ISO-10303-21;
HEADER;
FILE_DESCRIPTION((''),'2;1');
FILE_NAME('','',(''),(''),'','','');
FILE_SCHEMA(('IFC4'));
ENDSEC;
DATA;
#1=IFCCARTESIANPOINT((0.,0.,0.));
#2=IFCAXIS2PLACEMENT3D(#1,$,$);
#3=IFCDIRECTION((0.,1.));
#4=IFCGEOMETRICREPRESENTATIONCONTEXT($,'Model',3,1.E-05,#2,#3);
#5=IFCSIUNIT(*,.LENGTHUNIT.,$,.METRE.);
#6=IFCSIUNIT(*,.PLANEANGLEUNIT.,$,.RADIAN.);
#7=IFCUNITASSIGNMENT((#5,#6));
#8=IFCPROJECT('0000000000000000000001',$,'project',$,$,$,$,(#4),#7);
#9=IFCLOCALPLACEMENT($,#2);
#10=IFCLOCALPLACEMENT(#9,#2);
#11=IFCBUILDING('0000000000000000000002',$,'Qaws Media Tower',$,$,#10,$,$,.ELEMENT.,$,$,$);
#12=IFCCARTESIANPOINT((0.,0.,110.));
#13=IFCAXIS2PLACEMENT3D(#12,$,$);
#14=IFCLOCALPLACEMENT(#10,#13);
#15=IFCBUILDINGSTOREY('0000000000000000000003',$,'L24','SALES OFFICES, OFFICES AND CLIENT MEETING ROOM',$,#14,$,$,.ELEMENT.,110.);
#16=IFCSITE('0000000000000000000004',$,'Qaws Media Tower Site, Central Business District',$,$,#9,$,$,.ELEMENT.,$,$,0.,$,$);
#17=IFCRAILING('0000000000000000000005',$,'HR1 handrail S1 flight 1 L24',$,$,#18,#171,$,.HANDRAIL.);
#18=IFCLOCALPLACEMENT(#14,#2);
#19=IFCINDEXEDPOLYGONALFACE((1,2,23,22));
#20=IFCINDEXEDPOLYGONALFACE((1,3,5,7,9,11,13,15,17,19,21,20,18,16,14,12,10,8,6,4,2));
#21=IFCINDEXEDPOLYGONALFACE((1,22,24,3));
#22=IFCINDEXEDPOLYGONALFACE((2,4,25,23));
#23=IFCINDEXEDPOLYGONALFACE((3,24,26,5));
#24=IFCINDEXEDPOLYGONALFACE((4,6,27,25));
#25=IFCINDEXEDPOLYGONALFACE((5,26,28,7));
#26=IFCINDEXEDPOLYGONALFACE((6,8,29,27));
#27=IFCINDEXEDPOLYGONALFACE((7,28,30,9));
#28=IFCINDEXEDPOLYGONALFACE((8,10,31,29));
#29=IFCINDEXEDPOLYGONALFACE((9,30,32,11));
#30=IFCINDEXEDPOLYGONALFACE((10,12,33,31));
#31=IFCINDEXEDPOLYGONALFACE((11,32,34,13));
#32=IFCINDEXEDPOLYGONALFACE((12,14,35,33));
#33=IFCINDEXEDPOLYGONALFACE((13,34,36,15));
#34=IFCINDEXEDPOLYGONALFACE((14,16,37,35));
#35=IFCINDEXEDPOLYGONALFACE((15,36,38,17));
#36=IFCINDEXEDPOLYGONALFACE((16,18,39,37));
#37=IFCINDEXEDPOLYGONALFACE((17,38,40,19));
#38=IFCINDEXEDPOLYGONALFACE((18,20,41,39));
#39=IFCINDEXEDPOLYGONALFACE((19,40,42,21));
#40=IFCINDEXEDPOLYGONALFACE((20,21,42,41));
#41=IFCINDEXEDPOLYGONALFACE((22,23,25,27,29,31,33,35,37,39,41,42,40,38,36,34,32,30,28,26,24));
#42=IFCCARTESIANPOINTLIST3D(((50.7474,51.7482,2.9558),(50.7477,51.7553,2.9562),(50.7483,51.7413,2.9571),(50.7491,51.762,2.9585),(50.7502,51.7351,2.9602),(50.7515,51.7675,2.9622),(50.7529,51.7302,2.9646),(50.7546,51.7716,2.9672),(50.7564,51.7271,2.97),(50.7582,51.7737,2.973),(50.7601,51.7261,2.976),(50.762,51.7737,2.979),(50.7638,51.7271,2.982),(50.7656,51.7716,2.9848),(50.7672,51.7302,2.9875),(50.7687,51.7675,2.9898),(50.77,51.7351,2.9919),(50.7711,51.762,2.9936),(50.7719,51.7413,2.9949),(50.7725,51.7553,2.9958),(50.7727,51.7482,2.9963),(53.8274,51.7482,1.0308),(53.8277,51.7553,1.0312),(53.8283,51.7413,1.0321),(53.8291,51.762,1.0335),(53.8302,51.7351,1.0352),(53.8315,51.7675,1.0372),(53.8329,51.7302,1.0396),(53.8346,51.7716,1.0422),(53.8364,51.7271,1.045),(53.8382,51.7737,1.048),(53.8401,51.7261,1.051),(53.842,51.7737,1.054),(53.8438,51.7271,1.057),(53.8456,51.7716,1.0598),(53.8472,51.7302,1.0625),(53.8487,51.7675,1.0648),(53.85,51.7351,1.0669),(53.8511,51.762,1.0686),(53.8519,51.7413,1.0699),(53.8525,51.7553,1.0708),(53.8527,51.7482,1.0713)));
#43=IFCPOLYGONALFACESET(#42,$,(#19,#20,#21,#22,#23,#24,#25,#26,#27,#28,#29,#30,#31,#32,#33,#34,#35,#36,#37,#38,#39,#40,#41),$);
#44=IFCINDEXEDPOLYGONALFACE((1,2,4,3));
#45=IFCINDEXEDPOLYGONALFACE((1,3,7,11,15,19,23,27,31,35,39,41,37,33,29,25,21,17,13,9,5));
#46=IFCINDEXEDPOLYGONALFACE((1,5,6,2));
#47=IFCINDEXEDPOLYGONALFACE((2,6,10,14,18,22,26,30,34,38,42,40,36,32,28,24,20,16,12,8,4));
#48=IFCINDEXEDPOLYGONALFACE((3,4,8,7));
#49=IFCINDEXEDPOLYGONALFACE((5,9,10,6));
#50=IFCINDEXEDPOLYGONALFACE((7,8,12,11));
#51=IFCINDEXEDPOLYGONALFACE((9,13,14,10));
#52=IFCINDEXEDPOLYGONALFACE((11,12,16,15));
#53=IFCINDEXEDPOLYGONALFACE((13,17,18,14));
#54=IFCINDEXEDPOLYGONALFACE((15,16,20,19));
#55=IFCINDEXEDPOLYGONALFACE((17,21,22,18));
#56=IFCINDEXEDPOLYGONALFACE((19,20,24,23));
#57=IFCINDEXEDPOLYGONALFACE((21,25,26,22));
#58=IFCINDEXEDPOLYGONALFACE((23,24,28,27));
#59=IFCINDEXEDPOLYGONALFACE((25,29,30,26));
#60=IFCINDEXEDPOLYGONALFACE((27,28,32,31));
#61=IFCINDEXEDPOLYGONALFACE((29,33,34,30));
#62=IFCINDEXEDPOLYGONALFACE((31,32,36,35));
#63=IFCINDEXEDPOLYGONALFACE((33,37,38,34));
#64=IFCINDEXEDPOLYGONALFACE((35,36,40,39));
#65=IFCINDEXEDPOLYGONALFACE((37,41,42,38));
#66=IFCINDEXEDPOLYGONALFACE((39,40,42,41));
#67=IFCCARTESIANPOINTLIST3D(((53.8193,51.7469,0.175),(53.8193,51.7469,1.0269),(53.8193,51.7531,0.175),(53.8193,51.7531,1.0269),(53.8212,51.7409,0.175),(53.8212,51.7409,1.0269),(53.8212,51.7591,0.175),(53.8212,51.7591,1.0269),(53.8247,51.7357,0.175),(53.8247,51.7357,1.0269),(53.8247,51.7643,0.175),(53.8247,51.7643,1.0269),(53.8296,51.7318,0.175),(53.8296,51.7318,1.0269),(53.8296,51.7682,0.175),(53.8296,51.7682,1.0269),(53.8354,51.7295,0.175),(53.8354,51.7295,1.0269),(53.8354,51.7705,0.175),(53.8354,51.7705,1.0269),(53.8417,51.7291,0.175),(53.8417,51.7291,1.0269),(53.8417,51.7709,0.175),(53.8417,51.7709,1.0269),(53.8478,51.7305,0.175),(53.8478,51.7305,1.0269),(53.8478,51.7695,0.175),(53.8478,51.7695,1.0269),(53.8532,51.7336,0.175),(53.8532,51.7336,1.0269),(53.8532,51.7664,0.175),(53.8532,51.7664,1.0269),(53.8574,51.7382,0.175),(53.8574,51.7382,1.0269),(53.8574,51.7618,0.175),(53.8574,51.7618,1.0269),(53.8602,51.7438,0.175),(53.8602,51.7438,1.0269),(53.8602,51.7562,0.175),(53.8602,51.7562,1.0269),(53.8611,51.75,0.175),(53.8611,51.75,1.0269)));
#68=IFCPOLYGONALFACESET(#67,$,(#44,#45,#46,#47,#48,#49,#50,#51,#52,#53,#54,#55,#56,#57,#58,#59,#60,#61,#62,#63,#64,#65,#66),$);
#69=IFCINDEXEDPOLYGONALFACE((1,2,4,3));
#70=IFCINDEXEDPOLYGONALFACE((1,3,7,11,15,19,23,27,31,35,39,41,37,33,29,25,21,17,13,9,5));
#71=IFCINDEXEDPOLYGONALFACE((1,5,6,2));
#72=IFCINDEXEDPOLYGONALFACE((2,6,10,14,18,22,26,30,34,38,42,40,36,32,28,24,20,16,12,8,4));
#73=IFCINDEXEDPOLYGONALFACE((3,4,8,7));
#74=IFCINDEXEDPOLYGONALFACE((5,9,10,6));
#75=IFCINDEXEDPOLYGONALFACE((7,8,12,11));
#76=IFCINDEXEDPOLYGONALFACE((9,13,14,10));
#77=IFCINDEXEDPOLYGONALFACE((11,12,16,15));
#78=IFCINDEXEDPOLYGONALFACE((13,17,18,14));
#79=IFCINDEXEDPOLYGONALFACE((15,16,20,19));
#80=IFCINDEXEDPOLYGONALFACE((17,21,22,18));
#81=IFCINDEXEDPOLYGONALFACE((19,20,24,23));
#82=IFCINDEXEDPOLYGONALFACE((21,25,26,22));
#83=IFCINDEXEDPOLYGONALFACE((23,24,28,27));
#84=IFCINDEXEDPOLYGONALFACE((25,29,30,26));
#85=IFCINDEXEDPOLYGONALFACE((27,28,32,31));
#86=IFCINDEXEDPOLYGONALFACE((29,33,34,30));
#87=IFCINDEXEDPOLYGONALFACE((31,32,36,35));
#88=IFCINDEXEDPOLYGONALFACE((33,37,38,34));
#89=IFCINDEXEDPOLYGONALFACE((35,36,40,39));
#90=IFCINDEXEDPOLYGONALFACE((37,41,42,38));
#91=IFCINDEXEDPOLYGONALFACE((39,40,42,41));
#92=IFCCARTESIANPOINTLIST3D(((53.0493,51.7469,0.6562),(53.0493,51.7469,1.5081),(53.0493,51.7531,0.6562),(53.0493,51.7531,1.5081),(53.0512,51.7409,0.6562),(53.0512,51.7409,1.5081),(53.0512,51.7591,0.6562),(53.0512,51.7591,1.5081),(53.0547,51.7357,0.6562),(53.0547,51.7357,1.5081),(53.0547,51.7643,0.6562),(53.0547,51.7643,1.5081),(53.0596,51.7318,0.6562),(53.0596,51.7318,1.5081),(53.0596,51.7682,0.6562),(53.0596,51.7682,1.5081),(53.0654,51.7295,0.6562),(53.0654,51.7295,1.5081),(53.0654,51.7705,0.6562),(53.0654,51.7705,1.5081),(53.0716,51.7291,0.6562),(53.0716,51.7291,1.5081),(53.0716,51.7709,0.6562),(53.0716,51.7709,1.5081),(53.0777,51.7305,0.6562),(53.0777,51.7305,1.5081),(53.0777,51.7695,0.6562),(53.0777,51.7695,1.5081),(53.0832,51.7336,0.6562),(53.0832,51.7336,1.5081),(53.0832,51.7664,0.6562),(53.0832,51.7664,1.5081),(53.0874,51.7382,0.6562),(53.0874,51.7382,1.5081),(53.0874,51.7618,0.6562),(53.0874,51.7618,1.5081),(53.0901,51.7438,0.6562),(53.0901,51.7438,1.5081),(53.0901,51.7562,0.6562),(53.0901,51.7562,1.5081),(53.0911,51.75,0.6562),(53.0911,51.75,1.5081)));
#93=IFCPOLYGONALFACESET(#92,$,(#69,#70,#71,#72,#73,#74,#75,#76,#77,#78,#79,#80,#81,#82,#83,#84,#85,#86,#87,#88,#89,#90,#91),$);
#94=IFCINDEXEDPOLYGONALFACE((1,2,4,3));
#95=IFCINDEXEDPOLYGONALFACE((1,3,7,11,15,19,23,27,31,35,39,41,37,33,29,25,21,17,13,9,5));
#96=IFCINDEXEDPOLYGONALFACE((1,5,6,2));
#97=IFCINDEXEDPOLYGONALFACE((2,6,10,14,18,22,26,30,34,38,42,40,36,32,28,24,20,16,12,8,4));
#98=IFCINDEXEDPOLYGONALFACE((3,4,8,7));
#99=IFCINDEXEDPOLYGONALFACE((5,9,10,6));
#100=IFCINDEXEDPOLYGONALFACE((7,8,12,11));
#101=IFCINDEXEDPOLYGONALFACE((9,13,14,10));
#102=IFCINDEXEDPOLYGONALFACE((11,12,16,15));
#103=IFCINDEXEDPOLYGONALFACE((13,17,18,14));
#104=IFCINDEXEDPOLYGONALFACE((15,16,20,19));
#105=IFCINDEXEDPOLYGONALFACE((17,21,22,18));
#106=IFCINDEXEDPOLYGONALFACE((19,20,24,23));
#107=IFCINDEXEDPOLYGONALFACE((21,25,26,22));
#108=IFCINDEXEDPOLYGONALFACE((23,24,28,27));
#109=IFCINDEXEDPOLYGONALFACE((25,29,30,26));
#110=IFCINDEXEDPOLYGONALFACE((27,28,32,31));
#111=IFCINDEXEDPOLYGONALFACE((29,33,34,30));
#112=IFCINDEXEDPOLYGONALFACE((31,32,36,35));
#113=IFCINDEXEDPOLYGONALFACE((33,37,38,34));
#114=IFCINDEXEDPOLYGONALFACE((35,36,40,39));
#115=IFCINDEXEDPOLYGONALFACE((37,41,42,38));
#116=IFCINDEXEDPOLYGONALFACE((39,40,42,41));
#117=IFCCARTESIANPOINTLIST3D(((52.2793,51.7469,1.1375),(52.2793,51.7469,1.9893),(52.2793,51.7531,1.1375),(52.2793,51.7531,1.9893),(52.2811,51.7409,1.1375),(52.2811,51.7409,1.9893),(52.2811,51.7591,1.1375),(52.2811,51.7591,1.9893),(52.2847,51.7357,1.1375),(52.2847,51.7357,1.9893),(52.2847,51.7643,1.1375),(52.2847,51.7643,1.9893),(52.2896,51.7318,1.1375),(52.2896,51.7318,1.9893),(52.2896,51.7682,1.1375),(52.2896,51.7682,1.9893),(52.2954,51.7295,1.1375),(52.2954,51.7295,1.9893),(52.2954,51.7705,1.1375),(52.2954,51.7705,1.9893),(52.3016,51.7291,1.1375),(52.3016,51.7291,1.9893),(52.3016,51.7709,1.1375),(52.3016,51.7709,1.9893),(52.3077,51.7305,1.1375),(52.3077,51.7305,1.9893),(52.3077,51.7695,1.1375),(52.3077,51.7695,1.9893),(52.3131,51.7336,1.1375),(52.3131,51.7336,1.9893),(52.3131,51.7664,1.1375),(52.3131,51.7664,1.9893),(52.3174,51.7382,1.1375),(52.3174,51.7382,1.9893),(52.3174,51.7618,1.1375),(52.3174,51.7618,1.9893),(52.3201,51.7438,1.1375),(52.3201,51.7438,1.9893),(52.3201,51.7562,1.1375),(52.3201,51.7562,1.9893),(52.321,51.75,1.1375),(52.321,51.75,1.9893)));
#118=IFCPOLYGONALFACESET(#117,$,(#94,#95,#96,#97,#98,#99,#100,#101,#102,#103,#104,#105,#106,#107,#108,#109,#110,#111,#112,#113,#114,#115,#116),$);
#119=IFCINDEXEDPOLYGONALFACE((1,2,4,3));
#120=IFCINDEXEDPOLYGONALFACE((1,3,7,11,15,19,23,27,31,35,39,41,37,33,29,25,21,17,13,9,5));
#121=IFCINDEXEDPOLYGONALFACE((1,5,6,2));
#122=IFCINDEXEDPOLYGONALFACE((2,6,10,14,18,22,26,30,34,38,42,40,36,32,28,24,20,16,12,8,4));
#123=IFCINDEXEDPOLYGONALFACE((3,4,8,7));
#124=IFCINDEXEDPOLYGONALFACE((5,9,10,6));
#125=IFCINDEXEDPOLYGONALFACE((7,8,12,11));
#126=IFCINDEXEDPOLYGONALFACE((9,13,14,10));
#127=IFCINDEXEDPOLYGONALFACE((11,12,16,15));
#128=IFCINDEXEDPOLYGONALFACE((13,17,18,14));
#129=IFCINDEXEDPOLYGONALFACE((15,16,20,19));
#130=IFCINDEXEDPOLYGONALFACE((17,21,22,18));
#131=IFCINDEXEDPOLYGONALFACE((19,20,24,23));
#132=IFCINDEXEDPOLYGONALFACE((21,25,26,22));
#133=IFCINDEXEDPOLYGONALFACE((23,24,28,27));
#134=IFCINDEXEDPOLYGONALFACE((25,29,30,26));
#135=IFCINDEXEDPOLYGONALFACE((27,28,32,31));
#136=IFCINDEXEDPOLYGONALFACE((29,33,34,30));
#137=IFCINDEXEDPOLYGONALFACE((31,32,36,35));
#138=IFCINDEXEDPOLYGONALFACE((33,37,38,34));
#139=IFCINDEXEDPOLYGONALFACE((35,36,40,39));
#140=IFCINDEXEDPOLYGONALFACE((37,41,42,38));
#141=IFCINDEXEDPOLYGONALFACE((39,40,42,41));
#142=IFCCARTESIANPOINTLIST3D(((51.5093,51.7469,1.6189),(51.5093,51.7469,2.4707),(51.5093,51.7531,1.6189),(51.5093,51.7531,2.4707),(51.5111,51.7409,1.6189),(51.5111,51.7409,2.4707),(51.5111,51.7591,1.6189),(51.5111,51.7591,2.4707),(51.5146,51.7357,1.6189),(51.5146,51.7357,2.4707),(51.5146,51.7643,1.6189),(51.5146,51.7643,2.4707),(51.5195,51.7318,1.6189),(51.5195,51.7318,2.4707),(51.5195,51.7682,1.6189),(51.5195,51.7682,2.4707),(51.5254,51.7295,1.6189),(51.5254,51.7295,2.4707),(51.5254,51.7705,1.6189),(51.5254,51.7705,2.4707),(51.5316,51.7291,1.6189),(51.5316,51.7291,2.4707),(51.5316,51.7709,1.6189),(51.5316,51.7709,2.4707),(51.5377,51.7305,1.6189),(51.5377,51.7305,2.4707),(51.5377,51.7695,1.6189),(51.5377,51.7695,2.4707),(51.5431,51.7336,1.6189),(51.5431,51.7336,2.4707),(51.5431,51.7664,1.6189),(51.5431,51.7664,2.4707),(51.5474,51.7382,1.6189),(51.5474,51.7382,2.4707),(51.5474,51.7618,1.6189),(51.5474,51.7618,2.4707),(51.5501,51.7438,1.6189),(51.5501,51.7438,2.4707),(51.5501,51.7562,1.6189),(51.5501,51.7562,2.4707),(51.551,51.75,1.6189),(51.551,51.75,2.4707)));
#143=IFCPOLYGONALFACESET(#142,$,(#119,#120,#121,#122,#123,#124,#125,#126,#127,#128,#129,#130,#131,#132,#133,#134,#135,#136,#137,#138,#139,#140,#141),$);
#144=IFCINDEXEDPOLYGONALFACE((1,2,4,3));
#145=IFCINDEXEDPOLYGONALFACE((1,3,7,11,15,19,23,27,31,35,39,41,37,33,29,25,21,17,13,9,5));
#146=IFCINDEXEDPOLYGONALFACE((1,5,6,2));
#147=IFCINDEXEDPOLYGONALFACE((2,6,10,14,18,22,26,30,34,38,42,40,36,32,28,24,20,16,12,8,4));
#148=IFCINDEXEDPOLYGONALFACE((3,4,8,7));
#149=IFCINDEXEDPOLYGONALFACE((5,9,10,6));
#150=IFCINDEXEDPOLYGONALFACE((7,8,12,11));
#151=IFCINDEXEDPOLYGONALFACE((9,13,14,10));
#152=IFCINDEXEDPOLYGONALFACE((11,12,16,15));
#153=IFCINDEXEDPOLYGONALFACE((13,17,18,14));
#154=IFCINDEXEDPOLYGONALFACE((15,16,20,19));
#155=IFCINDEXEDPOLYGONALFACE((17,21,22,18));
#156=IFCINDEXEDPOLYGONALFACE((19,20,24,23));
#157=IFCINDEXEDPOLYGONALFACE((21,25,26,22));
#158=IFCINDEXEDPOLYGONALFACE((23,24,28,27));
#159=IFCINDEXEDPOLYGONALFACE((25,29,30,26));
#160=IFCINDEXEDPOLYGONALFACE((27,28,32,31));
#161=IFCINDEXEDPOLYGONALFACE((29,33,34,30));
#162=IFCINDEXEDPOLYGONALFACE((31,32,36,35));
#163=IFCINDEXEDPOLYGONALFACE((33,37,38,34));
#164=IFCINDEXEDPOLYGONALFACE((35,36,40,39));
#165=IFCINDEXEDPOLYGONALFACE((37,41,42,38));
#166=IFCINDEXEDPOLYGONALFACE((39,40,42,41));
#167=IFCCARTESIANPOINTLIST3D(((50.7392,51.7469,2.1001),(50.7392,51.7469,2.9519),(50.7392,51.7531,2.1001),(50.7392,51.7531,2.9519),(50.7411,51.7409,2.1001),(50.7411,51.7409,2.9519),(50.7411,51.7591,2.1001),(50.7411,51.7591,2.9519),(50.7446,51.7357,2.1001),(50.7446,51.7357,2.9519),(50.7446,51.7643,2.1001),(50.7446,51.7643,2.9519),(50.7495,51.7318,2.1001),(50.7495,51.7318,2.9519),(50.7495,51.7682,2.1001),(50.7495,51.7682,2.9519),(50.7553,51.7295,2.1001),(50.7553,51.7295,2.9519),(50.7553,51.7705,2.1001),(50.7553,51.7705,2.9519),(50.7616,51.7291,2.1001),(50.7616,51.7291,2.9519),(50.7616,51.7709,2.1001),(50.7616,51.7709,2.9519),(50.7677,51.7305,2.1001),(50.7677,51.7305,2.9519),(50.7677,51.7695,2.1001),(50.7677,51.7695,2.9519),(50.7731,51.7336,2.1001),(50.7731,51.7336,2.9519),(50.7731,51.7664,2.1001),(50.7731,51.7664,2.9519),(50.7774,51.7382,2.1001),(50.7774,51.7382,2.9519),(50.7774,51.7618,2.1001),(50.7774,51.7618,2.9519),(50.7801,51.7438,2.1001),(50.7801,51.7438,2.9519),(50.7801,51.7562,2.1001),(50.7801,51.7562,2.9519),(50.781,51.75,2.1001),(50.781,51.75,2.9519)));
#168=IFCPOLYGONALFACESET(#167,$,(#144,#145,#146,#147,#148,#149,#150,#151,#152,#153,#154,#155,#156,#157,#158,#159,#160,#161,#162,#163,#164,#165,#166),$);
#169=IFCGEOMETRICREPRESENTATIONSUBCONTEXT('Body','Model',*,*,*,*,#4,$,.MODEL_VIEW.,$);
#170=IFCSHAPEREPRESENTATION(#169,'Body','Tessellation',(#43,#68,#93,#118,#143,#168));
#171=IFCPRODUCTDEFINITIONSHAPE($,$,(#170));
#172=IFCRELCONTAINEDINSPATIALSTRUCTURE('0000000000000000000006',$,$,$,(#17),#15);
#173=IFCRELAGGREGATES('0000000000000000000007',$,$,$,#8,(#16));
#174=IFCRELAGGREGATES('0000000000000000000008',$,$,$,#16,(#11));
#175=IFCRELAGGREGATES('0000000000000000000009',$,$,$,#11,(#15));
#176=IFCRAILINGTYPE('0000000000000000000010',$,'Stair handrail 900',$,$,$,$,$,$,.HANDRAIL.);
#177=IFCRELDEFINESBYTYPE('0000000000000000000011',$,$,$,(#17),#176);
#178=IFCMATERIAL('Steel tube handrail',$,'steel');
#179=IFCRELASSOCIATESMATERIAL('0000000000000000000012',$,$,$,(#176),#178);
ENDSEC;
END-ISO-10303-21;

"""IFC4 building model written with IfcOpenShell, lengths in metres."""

from ifc_helpers import new_model, si_unit, direction, frame, origin, origin_2d, place, context, subcontext, project, spatial, circle, extrude, material, type_object, element, save


model = new_model("IFC4")

# Units and contexts
model_context = context("Model", 3, precision=1e-05, world=origin(), true_north=direction((0.0, 1.0)))
body_context = subcontext(model_context, "Body", "Model", "MODEL_VIEW")
ifc_project = project(units=[si_unit("LENGTHUNIT", "METRE"), si_unit("PLANEANGLEUNIT", "RADIAN")], contexts=[model_context])

# Site, building, storey
site_placement = place(None, origin())
site = spatial("IfcSite", under=ifc_project, at=site_placement, Name="Qaws Media Tower Site, Central Business District", CompositionType="ELEMENT", RefElevation=0.0)
building_placement = place(site_placement, origin())
building = spatial("IfcBuilding", under=site, at=building_placement, Name="Qaws Media Tower", CompositionType="ELEMENT")
storey_placement = place(building_placement, frame((0.0, 0.0, 110.0)))
storey = spatial("IfcBuildingStorey", under=building, at=storey_placement, Name="L24", Description="SALES OFFICES, OFFICES AND CLIENT MEETING ROOM", CompositionType="ELEMENT", Elevation=110.0)

# Railing
ifc_material_1 = material(Name="Steel tube handrail", Category="steel")
railing_type = type_object("IfcRailingType", Name="Stair handrail 900", PredefinedType="HANDRAIL", material=ifc_material_1)
for number, where, name in (
    (1, (53.8401, 51.75, 0.175), "HR1 handrail S1 flight 1 L24"),
):
    element("IfcRailing", number, at=place(storey_placement, frame(where)), inside=storey, type_object=railing_type, Name=name, PredefinedType="HANDRAIL", context=body_context, shape_type="SweptSolid", body=[
        extrude(circle(Radius=0.0239, at=origin_2d()), frame((0.0, 0.0, 0.876), z_axis=(-0.847998, 0.0, 0.529999), x_axis=(0.0, -1.0, 0.0)), (0.0, 0.0, 1.0), 3.6321),
        extrude(circle(Radius=0.021, at=origin_2d()), origin(), (0.0, 0.0, 1.0), 0.8518),
        extrude(circle(Radius=0.021, at=origin_2d()), frame((-0.77, 0.0, 0.4812)), (0.0, 0.0, 1.0), 0.8518),
        extrude(circle(Radius=0.021, at=origin_2d()), frame((-1.54, 0.0, 0.9624)), (0.0, 0.0, 1.0), 0.8518),
        extrude(circle(Radius=0.021, at=origin_2d()), frame((-2.3101, 0.0, 1.4438)), (0.0, 0.0, 1.0), 0.8518),
        extrude(circle(Radius=0.021, at=origin_2d()), frame((-3.0801, 0.0, 1.925)), (0.0, 0.0, 1.0), 0.8518),
    ])

save(model, "model.ifc")
